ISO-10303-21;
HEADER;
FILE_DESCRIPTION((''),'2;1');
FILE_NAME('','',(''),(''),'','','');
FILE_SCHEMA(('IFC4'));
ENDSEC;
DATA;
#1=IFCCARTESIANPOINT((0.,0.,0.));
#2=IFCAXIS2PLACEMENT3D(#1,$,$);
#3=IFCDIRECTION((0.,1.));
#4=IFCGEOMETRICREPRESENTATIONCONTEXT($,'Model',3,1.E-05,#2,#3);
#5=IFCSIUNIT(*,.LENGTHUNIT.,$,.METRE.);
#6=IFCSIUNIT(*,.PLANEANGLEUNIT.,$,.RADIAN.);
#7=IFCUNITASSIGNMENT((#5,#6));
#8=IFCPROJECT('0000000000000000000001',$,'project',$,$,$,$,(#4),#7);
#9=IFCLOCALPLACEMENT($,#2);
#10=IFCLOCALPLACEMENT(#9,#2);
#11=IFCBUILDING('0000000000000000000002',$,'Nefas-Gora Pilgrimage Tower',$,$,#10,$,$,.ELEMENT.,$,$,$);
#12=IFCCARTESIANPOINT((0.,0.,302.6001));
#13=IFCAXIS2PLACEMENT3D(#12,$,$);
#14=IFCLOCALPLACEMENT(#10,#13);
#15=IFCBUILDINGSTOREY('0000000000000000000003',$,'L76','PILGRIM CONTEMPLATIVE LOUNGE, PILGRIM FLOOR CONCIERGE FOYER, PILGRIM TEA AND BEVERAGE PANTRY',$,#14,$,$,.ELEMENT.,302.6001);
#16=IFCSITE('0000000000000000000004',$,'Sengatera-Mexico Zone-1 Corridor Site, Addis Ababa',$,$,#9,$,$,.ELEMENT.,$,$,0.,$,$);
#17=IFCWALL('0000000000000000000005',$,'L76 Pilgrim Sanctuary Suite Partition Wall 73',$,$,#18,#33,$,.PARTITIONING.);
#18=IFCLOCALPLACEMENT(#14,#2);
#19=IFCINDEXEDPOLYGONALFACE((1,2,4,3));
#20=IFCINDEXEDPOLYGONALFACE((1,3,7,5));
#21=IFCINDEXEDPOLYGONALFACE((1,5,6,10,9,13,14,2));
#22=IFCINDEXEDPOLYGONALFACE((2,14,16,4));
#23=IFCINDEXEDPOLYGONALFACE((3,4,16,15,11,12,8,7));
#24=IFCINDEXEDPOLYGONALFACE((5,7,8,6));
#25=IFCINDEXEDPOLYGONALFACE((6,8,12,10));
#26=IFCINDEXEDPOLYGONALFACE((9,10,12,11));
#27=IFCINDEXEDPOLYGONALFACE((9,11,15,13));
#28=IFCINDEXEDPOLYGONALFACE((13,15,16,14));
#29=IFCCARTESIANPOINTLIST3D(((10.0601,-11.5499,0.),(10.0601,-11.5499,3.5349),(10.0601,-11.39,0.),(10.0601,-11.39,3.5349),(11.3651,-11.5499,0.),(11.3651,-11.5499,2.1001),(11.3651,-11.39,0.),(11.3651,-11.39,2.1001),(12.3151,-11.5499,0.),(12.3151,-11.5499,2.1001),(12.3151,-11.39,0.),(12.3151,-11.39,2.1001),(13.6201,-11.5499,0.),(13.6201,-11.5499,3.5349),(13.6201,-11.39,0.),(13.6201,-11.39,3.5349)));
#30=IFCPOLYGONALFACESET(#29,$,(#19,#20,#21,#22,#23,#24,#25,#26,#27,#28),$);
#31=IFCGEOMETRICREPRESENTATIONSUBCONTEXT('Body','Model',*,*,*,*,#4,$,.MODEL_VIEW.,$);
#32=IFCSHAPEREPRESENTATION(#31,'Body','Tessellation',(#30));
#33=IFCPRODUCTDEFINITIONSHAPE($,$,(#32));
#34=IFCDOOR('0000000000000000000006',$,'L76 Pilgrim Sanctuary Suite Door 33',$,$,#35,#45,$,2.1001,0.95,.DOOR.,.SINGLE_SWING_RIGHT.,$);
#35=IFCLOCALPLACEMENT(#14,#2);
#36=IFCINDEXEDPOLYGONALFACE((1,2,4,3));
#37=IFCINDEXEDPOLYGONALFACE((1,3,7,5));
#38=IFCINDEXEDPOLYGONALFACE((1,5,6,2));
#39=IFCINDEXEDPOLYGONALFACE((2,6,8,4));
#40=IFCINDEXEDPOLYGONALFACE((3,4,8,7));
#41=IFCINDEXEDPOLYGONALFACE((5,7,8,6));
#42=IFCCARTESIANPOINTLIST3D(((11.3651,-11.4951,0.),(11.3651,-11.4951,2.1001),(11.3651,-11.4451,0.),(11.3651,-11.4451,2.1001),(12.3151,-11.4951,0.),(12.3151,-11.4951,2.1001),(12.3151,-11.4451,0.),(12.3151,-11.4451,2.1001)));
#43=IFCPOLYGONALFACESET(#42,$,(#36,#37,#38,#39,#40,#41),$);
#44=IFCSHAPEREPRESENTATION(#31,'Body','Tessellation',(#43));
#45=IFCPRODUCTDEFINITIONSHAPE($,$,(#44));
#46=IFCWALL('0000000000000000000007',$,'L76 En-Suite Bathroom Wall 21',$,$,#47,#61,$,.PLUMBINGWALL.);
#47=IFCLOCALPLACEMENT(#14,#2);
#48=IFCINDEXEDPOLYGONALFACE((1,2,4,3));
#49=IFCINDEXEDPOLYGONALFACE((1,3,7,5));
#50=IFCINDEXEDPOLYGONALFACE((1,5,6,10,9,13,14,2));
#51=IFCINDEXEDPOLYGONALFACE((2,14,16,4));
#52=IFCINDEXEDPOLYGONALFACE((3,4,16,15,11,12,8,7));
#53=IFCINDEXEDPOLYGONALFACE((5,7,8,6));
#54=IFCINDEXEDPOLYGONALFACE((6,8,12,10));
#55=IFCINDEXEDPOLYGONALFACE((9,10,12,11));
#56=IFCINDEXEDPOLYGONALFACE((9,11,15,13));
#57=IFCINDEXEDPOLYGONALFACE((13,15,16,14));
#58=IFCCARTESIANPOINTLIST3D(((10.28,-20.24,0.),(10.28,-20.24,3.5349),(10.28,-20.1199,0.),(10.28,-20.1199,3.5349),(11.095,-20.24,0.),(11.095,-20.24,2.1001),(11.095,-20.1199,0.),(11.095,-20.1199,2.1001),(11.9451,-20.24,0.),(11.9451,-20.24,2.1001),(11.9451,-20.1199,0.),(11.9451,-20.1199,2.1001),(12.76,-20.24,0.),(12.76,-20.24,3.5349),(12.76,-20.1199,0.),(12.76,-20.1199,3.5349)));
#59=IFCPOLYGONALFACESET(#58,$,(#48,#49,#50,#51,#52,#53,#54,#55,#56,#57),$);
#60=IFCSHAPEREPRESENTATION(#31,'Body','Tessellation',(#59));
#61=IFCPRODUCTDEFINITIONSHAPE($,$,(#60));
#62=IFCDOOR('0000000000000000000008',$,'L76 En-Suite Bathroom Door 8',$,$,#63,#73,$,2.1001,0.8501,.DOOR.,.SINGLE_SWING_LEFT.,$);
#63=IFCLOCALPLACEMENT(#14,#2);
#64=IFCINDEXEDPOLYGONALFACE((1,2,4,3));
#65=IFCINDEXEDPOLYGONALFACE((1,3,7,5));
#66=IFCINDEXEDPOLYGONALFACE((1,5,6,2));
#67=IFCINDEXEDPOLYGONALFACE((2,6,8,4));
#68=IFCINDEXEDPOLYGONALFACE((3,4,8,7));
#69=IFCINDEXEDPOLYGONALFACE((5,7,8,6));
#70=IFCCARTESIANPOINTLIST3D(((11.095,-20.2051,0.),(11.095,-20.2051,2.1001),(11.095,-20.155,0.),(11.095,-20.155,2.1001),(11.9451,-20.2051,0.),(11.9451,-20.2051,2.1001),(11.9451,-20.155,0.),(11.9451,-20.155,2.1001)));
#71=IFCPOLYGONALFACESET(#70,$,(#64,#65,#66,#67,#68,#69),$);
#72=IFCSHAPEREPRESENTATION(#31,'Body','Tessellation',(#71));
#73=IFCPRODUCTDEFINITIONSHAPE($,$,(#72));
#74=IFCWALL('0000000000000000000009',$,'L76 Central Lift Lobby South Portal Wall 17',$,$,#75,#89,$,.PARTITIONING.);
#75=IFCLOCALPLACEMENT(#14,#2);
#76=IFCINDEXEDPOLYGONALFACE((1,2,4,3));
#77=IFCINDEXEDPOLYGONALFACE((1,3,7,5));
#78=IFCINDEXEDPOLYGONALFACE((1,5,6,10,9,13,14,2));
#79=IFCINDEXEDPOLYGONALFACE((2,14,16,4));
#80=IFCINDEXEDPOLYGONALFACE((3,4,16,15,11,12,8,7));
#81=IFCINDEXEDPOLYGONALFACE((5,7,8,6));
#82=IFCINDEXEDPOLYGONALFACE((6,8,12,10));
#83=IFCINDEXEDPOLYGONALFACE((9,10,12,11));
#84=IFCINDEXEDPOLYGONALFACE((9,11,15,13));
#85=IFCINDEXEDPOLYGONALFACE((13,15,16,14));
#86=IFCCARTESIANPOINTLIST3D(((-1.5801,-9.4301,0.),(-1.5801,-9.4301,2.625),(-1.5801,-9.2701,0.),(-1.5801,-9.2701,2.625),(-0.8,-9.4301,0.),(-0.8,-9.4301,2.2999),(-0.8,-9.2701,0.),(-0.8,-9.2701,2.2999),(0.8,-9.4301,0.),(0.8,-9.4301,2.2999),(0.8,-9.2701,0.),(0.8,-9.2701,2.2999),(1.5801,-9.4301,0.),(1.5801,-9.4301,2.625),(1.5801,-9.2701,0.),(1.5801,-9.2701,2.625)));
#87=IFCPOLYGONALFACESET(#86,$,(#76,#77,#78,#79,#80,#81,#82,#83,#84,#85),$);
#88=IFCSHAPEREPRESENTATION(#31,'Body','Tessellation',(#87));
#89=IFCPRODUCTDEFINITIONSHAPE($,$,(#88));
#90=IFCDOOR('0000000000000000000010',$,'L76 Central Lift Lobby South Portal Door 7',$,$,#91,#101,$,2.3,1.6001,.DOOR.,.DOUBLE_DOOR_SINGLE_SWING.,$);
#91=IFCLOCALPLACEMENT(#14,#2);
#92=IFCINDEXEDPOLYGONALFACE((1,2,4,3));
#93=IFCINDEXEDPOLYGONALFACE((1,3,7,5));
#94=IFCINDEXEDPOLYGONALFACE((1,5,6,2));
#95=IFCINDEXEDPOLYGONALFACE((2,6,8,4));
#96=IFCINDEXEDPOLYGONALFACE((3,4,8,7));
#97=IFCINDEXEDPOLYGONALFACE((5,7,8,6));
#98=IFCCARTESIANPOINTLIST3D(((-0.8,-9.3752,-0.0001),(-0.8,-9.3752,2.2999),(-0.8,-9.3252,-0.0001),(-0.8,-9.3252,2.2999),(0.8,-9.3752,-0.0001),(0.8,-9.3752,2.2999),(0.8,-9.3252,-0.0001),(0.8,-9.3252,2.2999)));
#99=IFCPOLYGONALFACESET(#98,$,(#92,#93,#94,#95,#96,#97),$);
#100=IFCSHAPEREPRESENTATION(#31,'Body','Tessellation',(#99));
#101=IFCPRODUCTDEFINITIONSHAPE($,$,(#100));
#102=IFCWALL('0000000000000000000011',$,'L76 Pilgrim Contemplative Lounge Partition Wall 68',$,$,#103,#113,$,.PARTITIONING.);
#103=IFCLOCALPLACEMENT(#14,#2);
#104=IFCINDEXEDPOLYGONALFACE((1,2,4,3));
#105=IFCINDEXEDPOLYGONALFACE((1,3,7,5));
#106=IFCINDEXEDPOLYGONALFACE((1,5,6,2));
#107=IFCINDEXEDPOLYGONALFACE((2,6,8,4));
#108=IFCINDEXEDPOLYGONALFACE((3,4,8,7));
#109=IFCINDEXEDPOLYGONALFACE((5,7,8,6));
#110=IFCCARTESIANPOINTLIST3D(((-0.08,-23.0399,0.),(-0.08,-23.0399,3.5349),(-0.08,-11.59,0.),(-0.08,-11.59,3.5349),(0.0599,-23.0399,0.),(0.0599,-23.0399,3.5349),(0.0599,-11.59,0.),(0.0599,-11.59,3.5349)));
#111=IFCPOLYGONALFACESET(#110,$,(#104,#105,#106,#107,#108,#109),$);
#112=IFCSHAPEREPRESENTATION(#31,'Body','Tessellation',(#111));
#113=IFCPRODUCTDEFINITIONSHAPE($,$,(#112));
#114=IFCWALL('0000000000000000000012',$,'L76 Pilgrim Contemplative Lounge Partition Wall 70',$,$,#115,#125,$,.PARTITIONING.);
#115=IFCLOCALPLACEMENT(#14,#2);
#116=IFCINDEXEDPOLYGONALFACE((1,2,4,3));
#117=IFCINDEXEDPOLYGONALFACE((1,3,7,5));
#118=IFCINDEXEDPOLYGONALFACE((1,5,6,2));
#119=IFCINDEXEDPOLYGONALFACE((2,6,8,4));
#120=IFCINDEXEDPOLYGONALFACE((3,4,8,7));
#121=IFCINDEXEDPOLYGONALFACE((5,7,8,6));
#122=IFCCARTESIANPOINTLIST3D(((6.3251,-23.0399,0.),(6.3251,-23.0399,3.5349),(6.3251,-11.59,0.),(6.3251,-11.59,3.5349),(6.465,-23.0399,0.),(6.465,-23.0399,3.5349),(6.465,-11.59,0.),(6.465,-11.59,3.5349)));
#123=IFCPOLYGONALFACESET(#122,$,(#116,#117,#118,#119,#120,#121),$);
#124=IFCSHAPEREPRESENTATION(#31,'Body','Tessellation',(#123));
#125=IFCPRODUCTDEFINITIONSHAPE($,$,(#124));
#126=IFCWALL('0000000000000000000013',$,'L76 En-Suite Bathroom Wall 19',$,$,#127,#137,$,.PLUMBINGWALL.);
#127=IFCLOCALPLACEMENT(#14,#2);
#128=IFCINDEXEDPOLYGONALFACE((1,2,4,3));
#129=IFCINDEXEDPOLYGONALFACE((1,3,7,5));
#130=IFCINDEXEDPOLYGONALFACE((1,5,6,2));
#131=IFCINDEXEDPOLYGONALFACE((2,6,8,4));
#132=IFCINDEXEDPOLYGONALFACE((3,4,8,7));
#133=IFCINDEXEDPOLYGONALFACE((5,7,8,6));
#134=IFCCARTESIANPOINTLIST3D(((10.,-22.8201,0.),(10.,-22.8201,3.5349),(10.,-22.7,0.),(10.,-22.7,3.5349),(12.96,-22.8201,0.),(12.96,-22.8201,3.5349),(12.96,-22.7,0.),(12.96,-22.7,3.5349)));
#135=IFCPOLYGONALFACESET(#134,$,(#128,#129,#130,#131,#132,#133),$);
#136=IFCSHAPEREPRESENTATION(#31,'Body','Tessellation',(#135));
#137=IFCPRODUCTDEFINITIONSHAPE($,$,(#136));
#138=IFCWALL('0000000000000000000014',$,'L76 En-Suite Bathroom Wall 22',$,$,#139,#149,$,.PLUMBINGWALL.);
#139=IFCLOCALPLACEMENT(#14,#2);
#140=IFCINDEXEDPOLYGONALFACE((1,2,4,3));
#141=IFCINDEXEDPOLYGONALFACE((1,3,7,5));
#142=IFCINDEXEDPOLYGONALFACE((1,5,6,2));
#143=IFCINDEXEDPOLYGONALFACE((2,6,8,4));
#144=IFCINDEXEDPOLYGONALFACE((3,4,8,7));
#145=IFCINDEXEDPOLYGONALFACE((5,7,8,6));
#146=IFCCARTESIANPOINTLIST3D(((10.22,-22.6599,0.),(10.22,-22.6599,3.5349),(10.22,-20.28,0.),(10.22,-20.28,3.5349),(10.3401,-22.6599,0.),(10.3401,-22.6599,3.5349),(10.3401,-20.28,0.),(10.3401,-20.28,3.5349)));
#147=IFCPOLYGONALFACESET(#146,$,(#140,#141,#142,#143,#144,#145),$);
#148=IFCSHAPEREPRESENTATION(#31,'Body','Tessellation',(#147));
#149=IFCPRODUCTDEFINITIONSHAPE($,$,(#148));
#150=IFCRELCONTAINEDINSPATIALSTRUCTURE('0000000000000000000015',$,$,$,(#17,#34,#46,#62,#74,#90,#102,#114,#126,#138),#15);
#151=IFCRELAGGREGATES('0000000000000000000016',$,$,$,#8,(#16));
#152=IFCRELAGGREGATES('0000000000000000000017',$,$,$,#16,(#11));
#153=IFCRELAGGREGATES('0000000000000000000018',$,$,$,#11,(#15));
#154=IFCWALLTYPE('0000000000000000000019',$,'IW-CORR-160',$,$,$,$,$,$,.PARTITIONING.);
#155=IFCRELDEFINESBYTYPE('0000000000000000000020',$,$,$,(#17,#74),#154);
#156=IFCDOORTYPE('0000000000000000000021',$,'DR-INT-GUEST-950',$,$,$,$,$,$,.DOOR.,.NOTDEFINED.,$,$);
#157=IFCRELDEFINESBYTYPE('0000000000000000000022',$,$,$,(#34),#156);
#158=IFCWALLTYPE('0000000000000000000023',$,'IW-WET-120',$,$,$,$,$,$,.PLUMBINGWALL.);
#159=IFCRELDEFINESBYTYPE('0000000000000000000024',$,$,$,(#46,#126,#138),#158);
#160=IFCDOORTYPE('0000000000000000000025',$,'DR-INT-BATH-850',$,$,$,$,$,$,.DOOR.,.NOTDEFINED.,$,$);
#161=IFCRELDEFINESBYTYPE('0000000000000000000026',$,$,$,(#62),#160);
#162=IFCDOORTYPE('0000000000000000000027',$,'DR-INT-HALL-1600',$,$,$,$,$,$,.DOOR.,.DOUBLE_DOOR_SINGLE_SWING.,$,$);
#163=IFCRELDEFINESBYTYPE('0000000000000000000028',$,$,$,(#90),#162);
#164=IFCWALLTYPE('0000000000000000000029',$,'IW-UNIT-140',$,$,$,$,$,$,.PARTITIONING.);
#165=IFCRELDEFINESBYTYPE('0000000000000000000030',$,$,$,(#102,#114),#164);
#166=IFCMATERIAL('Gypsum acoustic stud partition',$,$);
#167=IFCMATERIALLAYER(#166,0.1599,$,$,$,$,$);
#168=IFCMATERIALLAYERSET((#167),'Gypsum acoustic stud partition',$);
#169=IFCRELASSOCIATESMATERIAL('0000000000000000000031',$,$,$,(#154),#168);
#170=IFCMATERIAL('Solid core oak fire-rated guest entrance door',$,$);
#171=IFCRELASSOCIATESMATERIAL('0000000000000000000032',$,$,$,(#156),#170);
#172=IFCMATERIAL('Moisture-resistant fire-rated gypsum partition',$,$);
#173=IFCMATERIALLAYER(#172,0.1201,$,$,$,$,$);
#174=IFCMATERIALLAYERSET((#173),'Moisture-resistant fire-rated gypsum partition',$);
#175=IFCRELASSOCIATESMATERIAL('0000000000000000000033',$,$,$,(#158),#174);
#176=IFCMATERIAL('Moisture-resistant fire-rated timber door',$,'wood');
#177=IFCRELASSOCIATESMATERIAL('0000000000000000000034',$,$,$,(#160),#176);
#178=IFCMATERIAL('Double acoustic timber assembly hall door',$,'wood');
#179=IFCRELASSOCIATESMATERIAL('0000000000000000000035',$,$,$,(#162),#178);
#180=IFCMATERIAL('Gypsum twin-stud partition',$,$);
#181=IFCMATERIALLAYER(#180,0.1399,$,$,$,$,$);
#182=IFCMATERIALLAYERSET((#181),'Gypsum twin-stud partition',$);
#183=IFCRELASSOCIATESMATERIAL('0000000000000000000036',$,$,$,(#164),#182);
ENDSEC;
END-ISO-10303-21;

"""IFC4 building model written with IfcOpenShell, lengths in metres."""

from ifc_helpers import new_model, si_unit, direction, frame, frame_2d, origin, place, context, subcontext, project, spatial, rectangle, extrude, source, transform, mapped, material, layer, layer_set, type_object, element, fill, save


model = new_model("IFC4")

# Units and contexts
model_context = context("Model", 3, precision=1e-05, world=origin(), true_north=direction((0.0, 1.0)))
body_context = subcontext(model_context, "Body", "Model", "MODEL_VIEW")
ifc_project = project(units=[si_unit("LENGTHUNIT", "METRE"), si_unit("PLANEANGLEUNIT", "RADIAN")], contexts=[model_context])

# Site, building, storey
site_placement = place(None, origin())
site = spatial("IfcSite", under=ifc_project, at=site_placement, Name="Sengatera-Mexico Zone-1 Corridor Site, Addis Ababa", CompositionType="ELEMENT", RefElevation=0.0)
building_placement = place(site_placement, origin())
building = spatial("IfcBuilding", under=site, at=building_placement, Name="Nefas-Gora Pilgrimage Tower", CompositionType="ELEMENT")
storey_placement = place(building_placement, frame((0.0, 0.0, 302.6001)))
storey = spatial("IfcBuildingStorey", under=building, at=storey_placement, Name="L76", Description="PILGRIM CONTEMPLATIVE LOUNGE, PILGRIM FLOOR CONCIERGE FOYER, PILGRIM TEA AND BEVERAGE PANTRY", CompositionType="ELEMENT", Elevation=302.6001)

# Walls, openings, doors
ifc_material_1 = material(Name="Gypsum acoustic stud partition")
ifc_layer_1 = layer(ifc_material_1, 0.1599)
ifc_layer_set_1 = layer_set([ifc_layer_1], Name="Gypsum acoustic stud partition")
wall_type_1 = type_object("IfcWallType", Name="IW-CORR-160", PredefinedType="PARTITIONING", material=ifc_layer_set_1)
ifc_material_2 = material(Name="Solid core oak fire-rated guest entrance door")
door_type_1 = type_object("IfcDoorType", Name="DR-INT-GUEST-950", OperationType="NOTDEFINED", PredefinedType="DOOR", material=ifc_material_2)
shared_shape_1 = source(origin(), body_context, "Body", "SweptSolid", [
    extrude(rectangle(XDim=0.95, YDim=2.1001, at=frame_2d((0.4751, 1.05))), frame((0.0, 0.0249, 0.0), z_axis=(0.0, -1.0, 0.0), x_axis=(1.0, 0.0, 0.0)), (0.0, 0.0, 1.0), 0.05),
])
shared_shape_2 = source(origin(), body_context, "Body", "SweptSolid", [
    extrude(rectangle(XDim=3.5601, YDim=0.1599, at=frame_2d((1.78, 0.0))), origin(), (0.0, 0.0, 1.0), 3.5349),
])
wall_1_placement = place(storey_placement, frame((10.0601, -11.47, 0.0), z_axis=(0.0, 0.0, 1.0), x_axis=(1.0, 0.0, 0.0)))
wall_1 = element("IfcWall", 1, at=wall_1_placement, inside=storey, type_object=wall_type_1, Name="L76 Pilgrim Sanctuary Suite Partition Wall 73", PredefinedType="PARTITIONING", context=body_context, shape_type="MappedRepresentation", body=[
    mapped(shared_shape_2, transform((0.0, 0.0, 0.0), x_axis=(1.0, 0.0, 0.0), y_axis=(0.0, 1.0, 0.0), z_axis=(0.0, 0.0, 1.0), scale=1.0)),
])
opening_1_placement = place(wall_1_placement, frame((1.3049, 0.0, 0.0)))
opening_1 = element("IfcOpeningElement", 2, at=opening_1_placement, cuts=wall_1, PredefinedType="OPENING", context=body_context, shape_type="SweptSolid", body=[
    extrude(rectangle(XDim=0.95, YDim=2.1001, at=frame_2d((0.4751, 1.05))), frame((0.0, 0.0898, 0.0), z_axis=(0.0, -1.0, 0.0), x_axis=(1.0, 0.0, 0.0)), (0.0, 0.0, 1.0), 0.1799),
])
door_1_placement = place(opening_1_placement, origin())
door_1 = element("IfcDoor", 3, at=door_1_placement, inside=storey, type_object=door_type_1, Name="L76 Pilgrim Sanctuary Suite Door 33", OperationType="SINGLE_SWING_RIGHT", OverallHeight=2.1001, OverallWidth=0.95, PredefinedType="DOOR", context=body_context, shape_type="MappedRepresentation", body=[
    mapped(shared_shape_1, transform((0.0, 0.0, 0.0), x_axis=(1.0, 0.0, 0.0), y_axis=(0.0, 1.0, 0.0), z_axis=(0.0, 0.0, 1.0), scale=1.0)),
])
fill(opening_1, door_1)
ifc_material_3 = material(Name="Moisture-resistant fire-rated gypsum partition")
ifc_layer_2 = layer(ifc_material_3, 0.1201)
ifc_layer_set_2 = layer_set([ifc_layer_2], Name="Moisture-resistant fire-rated gypsum partition")
wall_type_2 = type_object("IfcWallType", Name="IW-WET-120", PredefinedType="PLUMBINGWALL", material=ifc_layer_set_2)
shared_shape_3 = source(origin(), body_context, "Body", "SweptSolid", [
    extrude(rectangle(XDim=2.48, YDim=0.1201, at=frame_2d((1.24, 0.0))), origin(), (0.0, 0.0, 1.0), 3.5349),
])
wall_2_placement = place(storey_placement, frame((10.28, -20.1799, 0.0), z_axis=(0.0, 0.0, 1.0), x_axis=(1.0, 0.0, 0.0)))
wall_2 = element("IfcWall", 4, at=wall_2_placement, inside=storey, type_object=wall_type_2, Name="L76 En-Suite Bathroom Wall 21", PredefinedType="PLUMBINGWALL", context=body_context, shape_type="MappedRepresentation", body=[
    mapped(shared_shape_3, transform((0.0, 0.0, 0.0), x_axis=(1.0, 0.0, 0.0), y_axis=(0.0, 1.0, 0.0), z_axis=(0.0, 0.0, 1.0), scale=1.0)),
])
opening_2_placement = place(wall_2_placement, frame((0.8149, 0.0, 0.0)))
opening_2 = element("IfcOpeningElement", 5, at=opening_2_placement, cuts=wall_2, PredefinedType="OPENING", context=body_context, shape_type="SweptSolid", body=[
    extrude(rectangle(XDim=0.8501, YDim=2.1001, at=frame_2d((0.425, 1.05))), frame((0.0, 0.0701, 0.0), z_axis=(0.0, -1.0, 0.0), x_axis=(1.0, 0.0, 0.0)), (0.0, 0.0, 1.0), 0.1401),
])
ifc_material_4 = material(Name="Moisture-resistant fire-rated timber door", Category="wood")
door_type_2 = type_object("IfcDoorType", Name="DR-INT-BATH-850", OperationType="NOTDEFINED", PredefinedType="DOOR", material=ifc_material_4)
shared_shape_4 = source(origin(), body_context, "Body", "SweptSolid", [
    extrude(rectangle(XDim=0.8501, YDim=2.1001, at=frame_2d((0.425, 1.05))), frame((0.0, 0.0249, 0.0), z_axis=(0.0, -1.0, 0.0), x_axis=(1.0, 0.0, 0.0)), (0.0, 0.0, 1.0), 0.05),
])
door_2_placement = place(opening_2_placement, origin())
door_2 = element("IfcDoor", 6, at=door_2_placement, inside=storey, type_object=door_type_2, Name="L76 En-Suite Bathroom Door 8", OperationType="SINGLE_SWING_LEFT", OverallHeight=2.1001, OverallWidth=0.8501, PredefinedType="DOOR", context=body_context, shape_type="MappedRepresentation", body=[
    mapped(shared_shape_4, transform((0.0, 0.0, 0.0), x_axis=(1.0, 0.0, 0.0), y_axis=(0.0, 1.0, 0.0), z_axis=(0.0, 0.0, 1.0), scale=1.0)),
])
fill(opening_2, door_2)
shared_shape_5 = source(origin(), body_context, "Body", "SweptSolid", [
    extrude(rectangle(XDim=3.1602, YDim=0.1599, at=frame_2d((1.5801, 0.0))), origin(), (0.0, 0.0, 1.0), 2.625),
])
wall_3_placement = place(storey_placement, frame((-1.5801, -9.3501, 0.0), z_axis=(0.0, 0.0, 1.0), x_axis=(1.0, 0.0, 0.0)))
wall_3 = element("IfcWall", 7, at=wall_3_placement, inside=storey, type_object=wall_type_1, Name="L76 Central Lift Lobby South Portal Wall 17", PredefinedType="PARTITIONING", context=body_context, shape_type="MappedRepresentation", body=[
    mapped(shared_shape_5, transform((0.0, 0.0, 0.0), x_axis=(1.0, 0.0, 0.0), y_axis=(0.0, 1.0, 0.0), z_axis=(0.0, 0.0, 1.0), scale=1.0)),
])
opening_3_placement = place(wall_3_placement, frame((0.78, 0.0, 0.0)))
opening_3 = element("IfcOpeningElement", 8, at=opening_3_placement, cuts=wall_3, PredefinedType="OPENING", context=body_context, shape_type="SweptSolid", body=[
    extrude(rectangle(XDim=1.6001, YDim=2.3, at=frame_2d((0.8, 1.1499))), frame((0.0, 0.0898, 0.0), z_axis=(0.0, -1.0, 0.0), x_axis=(1.0, 0.0, 0.0)), (0.0, 0.0, 1.0), 0.1799),
])
ifc_material_5 = material(Name="Double acoustic timber assembly hall door", Category="wood")
door_type_3 = type_object("IfcDoorType", Name="DR-INT-HALL-1600", OperationType="DOUBLE_DOOR_SINGLE_SWING", PredefinedType="DOOR", material=ifc_material_5)
shared_shape_6 = source(origin(), body_context, "Body", "SweptSolid", [
    extrude(rectangle(XDim=1.6001, YDim=2.3, at=frame_2d((0.8, 1.1499))), frame((0.0, 0.0249, 0.0), z_axis=(0.0, -1.0, 0.0), x_axis=(1.0, 0.0, 0.0)), (0.0, 0.0, 1.0), 0.05),
])
door_3_placement = place(opening_3_placement, origin())
door_3 = element("IfcDoor", 9, at=door_3_placement, inside=storey, type_object=door_type_3, Name="L76 Central Lift Lobby South Portal Door 7", OperationType="DOUBLE_DOOR_SINGLE_SWING", OverallHeight=2.3, OverallWidth=1.6001, PredefinedType="DOOR", context=body_context, shape_type="MappedRepresentation", body=[
    mapped(shared_shape_6, transform((0.0, 0.0, 0.0), x_axis=(1.0, 0.0, 0.0), y_axis=(0.0, 1.0, 0.0), z_axis=(0.0, 0.0, 1.0), scale=1.0)),
])
fill(opening_3, door_3)

# Walls
ifc_material_6 = material(Name="Gypsum twin-stud partition")
ifc_layer_3 = layer(ifc_material_6, 0.1399)
ifc_layer_set_3 = layer_set([ifc_layer_3], Name="Gypsum twin-stud partition")
wall_type_3 = type_object("IfcWallType", Name="IW-UNIT-140", PredefinedType="PARTITIONING", material=ifc_layer_set_3)
shared_shape_7 = source(origin(), body_context, "Body", "SweptSolid", [
    extrude(rectangle(XDim=11.45, YDim=0.1399, at=frame_2d((5.7251, 0.0))), origin(), (0.0, 0.0, 1.0), 3.5349),
])
for number, where, z_axis, x_axis, name in (
    (10, (-0.01, -23.04, 0.0), (0.0, 0.0, 1.0), (0.0, 1.0, 0.0), "L76 Pilgrim Contemplative Lounge Partition Wall 68"),
    (11, (6.395, -23.04, 0.0), (0.0, 0.0, 1.0), (0.0, 1.0, 0.0), "L76 Pilgrim Contemplative Lounge Partition Wall 70"),
):
    element("IfcWall", number, at=place(storey_placement, frame(where, z_axis=z_axis, x_axis=x_axis)), inside=storey, type_object=wall_type_3, Name=name, PredefinedType="PARTITIONING", context=body_context, shape_type="MappedRepresentation", body=[
        mapped(shared_shape_7, transform((0.0, 0.0, 0.0), x_axis=(1.0, 0.0, 0.0), y_axis=(0.0, 1.0, 0.0), z_axis=(0.0, 0.0, 1.0), scale=1.0)),
    ])
shared_shape_8 = source(origin(), body_context, "Body", "SweptSolid", [
    extrude(rectangle(XDim=2.96, YDim=0.1201, at=frame_2d((1.48, 0.0))), origin(), (0.0, 0.0, 1.0), 3.5349),
])
wall_4_placement = place(storey_placement, frame((10.0, -22.76, 0.0), z_axis=(0.0, 0.0, 1.0), x_axis=(1.0, 0.0, 0.0)))
element("IfcWall", 12, at=wall_4_placement, inside=storey, type_object=wall_type_2, Name="L76 En-Suite Bathroom Wall 19", PredefinedType="PLUMBINGWALL", context=body_context, shape_type="MappedRepresentation", body=[
    mapped(shared_shape_8, transform((0.0, 0.0, 0.0), x_axis=(1.0, 0.0, 0.0), y_axis=(0.0, 1.0, 0.0), z_axis=(0.0, 0.0, 1.0), scale=1.0)),
])
shared_shape_9 = source(origin(), body_context, "Body", "SweptSolid", [
    extrude(rectangle(XDim=2.3799, YDim=0.1201, at=frame_2d((1.1899, 0.0))), origin(), (0.0, 0.0, 1.0), 3.5349),
])
wall_5_placement = place(storey_placement, frame((10.28, -22.6599, 0.0), z_axis=(0.0, 0.0, 1.0), x_axis=(0.0, 1.0, 0.0)))
element("IfcWall", 13, at=wall_5_placement, inside=storey, type_object=wall_type_2, Name="L76 En-Suite Bathroom Wall 22", PredefinedType="PLUMBINGWALL", context=body_context, shape_type="MappedRepresentation", body=[
    mapped(shared_shape_9, transform((0.0, 0.0, 0.0), x_axis=(1.0, 0.0, 0.0), y_axis=(0.0, 1.0, 0.0), z_axis=(0.0, 0.0, 1.0), scale=1.0)),
])

save(model, "model.ifc")
